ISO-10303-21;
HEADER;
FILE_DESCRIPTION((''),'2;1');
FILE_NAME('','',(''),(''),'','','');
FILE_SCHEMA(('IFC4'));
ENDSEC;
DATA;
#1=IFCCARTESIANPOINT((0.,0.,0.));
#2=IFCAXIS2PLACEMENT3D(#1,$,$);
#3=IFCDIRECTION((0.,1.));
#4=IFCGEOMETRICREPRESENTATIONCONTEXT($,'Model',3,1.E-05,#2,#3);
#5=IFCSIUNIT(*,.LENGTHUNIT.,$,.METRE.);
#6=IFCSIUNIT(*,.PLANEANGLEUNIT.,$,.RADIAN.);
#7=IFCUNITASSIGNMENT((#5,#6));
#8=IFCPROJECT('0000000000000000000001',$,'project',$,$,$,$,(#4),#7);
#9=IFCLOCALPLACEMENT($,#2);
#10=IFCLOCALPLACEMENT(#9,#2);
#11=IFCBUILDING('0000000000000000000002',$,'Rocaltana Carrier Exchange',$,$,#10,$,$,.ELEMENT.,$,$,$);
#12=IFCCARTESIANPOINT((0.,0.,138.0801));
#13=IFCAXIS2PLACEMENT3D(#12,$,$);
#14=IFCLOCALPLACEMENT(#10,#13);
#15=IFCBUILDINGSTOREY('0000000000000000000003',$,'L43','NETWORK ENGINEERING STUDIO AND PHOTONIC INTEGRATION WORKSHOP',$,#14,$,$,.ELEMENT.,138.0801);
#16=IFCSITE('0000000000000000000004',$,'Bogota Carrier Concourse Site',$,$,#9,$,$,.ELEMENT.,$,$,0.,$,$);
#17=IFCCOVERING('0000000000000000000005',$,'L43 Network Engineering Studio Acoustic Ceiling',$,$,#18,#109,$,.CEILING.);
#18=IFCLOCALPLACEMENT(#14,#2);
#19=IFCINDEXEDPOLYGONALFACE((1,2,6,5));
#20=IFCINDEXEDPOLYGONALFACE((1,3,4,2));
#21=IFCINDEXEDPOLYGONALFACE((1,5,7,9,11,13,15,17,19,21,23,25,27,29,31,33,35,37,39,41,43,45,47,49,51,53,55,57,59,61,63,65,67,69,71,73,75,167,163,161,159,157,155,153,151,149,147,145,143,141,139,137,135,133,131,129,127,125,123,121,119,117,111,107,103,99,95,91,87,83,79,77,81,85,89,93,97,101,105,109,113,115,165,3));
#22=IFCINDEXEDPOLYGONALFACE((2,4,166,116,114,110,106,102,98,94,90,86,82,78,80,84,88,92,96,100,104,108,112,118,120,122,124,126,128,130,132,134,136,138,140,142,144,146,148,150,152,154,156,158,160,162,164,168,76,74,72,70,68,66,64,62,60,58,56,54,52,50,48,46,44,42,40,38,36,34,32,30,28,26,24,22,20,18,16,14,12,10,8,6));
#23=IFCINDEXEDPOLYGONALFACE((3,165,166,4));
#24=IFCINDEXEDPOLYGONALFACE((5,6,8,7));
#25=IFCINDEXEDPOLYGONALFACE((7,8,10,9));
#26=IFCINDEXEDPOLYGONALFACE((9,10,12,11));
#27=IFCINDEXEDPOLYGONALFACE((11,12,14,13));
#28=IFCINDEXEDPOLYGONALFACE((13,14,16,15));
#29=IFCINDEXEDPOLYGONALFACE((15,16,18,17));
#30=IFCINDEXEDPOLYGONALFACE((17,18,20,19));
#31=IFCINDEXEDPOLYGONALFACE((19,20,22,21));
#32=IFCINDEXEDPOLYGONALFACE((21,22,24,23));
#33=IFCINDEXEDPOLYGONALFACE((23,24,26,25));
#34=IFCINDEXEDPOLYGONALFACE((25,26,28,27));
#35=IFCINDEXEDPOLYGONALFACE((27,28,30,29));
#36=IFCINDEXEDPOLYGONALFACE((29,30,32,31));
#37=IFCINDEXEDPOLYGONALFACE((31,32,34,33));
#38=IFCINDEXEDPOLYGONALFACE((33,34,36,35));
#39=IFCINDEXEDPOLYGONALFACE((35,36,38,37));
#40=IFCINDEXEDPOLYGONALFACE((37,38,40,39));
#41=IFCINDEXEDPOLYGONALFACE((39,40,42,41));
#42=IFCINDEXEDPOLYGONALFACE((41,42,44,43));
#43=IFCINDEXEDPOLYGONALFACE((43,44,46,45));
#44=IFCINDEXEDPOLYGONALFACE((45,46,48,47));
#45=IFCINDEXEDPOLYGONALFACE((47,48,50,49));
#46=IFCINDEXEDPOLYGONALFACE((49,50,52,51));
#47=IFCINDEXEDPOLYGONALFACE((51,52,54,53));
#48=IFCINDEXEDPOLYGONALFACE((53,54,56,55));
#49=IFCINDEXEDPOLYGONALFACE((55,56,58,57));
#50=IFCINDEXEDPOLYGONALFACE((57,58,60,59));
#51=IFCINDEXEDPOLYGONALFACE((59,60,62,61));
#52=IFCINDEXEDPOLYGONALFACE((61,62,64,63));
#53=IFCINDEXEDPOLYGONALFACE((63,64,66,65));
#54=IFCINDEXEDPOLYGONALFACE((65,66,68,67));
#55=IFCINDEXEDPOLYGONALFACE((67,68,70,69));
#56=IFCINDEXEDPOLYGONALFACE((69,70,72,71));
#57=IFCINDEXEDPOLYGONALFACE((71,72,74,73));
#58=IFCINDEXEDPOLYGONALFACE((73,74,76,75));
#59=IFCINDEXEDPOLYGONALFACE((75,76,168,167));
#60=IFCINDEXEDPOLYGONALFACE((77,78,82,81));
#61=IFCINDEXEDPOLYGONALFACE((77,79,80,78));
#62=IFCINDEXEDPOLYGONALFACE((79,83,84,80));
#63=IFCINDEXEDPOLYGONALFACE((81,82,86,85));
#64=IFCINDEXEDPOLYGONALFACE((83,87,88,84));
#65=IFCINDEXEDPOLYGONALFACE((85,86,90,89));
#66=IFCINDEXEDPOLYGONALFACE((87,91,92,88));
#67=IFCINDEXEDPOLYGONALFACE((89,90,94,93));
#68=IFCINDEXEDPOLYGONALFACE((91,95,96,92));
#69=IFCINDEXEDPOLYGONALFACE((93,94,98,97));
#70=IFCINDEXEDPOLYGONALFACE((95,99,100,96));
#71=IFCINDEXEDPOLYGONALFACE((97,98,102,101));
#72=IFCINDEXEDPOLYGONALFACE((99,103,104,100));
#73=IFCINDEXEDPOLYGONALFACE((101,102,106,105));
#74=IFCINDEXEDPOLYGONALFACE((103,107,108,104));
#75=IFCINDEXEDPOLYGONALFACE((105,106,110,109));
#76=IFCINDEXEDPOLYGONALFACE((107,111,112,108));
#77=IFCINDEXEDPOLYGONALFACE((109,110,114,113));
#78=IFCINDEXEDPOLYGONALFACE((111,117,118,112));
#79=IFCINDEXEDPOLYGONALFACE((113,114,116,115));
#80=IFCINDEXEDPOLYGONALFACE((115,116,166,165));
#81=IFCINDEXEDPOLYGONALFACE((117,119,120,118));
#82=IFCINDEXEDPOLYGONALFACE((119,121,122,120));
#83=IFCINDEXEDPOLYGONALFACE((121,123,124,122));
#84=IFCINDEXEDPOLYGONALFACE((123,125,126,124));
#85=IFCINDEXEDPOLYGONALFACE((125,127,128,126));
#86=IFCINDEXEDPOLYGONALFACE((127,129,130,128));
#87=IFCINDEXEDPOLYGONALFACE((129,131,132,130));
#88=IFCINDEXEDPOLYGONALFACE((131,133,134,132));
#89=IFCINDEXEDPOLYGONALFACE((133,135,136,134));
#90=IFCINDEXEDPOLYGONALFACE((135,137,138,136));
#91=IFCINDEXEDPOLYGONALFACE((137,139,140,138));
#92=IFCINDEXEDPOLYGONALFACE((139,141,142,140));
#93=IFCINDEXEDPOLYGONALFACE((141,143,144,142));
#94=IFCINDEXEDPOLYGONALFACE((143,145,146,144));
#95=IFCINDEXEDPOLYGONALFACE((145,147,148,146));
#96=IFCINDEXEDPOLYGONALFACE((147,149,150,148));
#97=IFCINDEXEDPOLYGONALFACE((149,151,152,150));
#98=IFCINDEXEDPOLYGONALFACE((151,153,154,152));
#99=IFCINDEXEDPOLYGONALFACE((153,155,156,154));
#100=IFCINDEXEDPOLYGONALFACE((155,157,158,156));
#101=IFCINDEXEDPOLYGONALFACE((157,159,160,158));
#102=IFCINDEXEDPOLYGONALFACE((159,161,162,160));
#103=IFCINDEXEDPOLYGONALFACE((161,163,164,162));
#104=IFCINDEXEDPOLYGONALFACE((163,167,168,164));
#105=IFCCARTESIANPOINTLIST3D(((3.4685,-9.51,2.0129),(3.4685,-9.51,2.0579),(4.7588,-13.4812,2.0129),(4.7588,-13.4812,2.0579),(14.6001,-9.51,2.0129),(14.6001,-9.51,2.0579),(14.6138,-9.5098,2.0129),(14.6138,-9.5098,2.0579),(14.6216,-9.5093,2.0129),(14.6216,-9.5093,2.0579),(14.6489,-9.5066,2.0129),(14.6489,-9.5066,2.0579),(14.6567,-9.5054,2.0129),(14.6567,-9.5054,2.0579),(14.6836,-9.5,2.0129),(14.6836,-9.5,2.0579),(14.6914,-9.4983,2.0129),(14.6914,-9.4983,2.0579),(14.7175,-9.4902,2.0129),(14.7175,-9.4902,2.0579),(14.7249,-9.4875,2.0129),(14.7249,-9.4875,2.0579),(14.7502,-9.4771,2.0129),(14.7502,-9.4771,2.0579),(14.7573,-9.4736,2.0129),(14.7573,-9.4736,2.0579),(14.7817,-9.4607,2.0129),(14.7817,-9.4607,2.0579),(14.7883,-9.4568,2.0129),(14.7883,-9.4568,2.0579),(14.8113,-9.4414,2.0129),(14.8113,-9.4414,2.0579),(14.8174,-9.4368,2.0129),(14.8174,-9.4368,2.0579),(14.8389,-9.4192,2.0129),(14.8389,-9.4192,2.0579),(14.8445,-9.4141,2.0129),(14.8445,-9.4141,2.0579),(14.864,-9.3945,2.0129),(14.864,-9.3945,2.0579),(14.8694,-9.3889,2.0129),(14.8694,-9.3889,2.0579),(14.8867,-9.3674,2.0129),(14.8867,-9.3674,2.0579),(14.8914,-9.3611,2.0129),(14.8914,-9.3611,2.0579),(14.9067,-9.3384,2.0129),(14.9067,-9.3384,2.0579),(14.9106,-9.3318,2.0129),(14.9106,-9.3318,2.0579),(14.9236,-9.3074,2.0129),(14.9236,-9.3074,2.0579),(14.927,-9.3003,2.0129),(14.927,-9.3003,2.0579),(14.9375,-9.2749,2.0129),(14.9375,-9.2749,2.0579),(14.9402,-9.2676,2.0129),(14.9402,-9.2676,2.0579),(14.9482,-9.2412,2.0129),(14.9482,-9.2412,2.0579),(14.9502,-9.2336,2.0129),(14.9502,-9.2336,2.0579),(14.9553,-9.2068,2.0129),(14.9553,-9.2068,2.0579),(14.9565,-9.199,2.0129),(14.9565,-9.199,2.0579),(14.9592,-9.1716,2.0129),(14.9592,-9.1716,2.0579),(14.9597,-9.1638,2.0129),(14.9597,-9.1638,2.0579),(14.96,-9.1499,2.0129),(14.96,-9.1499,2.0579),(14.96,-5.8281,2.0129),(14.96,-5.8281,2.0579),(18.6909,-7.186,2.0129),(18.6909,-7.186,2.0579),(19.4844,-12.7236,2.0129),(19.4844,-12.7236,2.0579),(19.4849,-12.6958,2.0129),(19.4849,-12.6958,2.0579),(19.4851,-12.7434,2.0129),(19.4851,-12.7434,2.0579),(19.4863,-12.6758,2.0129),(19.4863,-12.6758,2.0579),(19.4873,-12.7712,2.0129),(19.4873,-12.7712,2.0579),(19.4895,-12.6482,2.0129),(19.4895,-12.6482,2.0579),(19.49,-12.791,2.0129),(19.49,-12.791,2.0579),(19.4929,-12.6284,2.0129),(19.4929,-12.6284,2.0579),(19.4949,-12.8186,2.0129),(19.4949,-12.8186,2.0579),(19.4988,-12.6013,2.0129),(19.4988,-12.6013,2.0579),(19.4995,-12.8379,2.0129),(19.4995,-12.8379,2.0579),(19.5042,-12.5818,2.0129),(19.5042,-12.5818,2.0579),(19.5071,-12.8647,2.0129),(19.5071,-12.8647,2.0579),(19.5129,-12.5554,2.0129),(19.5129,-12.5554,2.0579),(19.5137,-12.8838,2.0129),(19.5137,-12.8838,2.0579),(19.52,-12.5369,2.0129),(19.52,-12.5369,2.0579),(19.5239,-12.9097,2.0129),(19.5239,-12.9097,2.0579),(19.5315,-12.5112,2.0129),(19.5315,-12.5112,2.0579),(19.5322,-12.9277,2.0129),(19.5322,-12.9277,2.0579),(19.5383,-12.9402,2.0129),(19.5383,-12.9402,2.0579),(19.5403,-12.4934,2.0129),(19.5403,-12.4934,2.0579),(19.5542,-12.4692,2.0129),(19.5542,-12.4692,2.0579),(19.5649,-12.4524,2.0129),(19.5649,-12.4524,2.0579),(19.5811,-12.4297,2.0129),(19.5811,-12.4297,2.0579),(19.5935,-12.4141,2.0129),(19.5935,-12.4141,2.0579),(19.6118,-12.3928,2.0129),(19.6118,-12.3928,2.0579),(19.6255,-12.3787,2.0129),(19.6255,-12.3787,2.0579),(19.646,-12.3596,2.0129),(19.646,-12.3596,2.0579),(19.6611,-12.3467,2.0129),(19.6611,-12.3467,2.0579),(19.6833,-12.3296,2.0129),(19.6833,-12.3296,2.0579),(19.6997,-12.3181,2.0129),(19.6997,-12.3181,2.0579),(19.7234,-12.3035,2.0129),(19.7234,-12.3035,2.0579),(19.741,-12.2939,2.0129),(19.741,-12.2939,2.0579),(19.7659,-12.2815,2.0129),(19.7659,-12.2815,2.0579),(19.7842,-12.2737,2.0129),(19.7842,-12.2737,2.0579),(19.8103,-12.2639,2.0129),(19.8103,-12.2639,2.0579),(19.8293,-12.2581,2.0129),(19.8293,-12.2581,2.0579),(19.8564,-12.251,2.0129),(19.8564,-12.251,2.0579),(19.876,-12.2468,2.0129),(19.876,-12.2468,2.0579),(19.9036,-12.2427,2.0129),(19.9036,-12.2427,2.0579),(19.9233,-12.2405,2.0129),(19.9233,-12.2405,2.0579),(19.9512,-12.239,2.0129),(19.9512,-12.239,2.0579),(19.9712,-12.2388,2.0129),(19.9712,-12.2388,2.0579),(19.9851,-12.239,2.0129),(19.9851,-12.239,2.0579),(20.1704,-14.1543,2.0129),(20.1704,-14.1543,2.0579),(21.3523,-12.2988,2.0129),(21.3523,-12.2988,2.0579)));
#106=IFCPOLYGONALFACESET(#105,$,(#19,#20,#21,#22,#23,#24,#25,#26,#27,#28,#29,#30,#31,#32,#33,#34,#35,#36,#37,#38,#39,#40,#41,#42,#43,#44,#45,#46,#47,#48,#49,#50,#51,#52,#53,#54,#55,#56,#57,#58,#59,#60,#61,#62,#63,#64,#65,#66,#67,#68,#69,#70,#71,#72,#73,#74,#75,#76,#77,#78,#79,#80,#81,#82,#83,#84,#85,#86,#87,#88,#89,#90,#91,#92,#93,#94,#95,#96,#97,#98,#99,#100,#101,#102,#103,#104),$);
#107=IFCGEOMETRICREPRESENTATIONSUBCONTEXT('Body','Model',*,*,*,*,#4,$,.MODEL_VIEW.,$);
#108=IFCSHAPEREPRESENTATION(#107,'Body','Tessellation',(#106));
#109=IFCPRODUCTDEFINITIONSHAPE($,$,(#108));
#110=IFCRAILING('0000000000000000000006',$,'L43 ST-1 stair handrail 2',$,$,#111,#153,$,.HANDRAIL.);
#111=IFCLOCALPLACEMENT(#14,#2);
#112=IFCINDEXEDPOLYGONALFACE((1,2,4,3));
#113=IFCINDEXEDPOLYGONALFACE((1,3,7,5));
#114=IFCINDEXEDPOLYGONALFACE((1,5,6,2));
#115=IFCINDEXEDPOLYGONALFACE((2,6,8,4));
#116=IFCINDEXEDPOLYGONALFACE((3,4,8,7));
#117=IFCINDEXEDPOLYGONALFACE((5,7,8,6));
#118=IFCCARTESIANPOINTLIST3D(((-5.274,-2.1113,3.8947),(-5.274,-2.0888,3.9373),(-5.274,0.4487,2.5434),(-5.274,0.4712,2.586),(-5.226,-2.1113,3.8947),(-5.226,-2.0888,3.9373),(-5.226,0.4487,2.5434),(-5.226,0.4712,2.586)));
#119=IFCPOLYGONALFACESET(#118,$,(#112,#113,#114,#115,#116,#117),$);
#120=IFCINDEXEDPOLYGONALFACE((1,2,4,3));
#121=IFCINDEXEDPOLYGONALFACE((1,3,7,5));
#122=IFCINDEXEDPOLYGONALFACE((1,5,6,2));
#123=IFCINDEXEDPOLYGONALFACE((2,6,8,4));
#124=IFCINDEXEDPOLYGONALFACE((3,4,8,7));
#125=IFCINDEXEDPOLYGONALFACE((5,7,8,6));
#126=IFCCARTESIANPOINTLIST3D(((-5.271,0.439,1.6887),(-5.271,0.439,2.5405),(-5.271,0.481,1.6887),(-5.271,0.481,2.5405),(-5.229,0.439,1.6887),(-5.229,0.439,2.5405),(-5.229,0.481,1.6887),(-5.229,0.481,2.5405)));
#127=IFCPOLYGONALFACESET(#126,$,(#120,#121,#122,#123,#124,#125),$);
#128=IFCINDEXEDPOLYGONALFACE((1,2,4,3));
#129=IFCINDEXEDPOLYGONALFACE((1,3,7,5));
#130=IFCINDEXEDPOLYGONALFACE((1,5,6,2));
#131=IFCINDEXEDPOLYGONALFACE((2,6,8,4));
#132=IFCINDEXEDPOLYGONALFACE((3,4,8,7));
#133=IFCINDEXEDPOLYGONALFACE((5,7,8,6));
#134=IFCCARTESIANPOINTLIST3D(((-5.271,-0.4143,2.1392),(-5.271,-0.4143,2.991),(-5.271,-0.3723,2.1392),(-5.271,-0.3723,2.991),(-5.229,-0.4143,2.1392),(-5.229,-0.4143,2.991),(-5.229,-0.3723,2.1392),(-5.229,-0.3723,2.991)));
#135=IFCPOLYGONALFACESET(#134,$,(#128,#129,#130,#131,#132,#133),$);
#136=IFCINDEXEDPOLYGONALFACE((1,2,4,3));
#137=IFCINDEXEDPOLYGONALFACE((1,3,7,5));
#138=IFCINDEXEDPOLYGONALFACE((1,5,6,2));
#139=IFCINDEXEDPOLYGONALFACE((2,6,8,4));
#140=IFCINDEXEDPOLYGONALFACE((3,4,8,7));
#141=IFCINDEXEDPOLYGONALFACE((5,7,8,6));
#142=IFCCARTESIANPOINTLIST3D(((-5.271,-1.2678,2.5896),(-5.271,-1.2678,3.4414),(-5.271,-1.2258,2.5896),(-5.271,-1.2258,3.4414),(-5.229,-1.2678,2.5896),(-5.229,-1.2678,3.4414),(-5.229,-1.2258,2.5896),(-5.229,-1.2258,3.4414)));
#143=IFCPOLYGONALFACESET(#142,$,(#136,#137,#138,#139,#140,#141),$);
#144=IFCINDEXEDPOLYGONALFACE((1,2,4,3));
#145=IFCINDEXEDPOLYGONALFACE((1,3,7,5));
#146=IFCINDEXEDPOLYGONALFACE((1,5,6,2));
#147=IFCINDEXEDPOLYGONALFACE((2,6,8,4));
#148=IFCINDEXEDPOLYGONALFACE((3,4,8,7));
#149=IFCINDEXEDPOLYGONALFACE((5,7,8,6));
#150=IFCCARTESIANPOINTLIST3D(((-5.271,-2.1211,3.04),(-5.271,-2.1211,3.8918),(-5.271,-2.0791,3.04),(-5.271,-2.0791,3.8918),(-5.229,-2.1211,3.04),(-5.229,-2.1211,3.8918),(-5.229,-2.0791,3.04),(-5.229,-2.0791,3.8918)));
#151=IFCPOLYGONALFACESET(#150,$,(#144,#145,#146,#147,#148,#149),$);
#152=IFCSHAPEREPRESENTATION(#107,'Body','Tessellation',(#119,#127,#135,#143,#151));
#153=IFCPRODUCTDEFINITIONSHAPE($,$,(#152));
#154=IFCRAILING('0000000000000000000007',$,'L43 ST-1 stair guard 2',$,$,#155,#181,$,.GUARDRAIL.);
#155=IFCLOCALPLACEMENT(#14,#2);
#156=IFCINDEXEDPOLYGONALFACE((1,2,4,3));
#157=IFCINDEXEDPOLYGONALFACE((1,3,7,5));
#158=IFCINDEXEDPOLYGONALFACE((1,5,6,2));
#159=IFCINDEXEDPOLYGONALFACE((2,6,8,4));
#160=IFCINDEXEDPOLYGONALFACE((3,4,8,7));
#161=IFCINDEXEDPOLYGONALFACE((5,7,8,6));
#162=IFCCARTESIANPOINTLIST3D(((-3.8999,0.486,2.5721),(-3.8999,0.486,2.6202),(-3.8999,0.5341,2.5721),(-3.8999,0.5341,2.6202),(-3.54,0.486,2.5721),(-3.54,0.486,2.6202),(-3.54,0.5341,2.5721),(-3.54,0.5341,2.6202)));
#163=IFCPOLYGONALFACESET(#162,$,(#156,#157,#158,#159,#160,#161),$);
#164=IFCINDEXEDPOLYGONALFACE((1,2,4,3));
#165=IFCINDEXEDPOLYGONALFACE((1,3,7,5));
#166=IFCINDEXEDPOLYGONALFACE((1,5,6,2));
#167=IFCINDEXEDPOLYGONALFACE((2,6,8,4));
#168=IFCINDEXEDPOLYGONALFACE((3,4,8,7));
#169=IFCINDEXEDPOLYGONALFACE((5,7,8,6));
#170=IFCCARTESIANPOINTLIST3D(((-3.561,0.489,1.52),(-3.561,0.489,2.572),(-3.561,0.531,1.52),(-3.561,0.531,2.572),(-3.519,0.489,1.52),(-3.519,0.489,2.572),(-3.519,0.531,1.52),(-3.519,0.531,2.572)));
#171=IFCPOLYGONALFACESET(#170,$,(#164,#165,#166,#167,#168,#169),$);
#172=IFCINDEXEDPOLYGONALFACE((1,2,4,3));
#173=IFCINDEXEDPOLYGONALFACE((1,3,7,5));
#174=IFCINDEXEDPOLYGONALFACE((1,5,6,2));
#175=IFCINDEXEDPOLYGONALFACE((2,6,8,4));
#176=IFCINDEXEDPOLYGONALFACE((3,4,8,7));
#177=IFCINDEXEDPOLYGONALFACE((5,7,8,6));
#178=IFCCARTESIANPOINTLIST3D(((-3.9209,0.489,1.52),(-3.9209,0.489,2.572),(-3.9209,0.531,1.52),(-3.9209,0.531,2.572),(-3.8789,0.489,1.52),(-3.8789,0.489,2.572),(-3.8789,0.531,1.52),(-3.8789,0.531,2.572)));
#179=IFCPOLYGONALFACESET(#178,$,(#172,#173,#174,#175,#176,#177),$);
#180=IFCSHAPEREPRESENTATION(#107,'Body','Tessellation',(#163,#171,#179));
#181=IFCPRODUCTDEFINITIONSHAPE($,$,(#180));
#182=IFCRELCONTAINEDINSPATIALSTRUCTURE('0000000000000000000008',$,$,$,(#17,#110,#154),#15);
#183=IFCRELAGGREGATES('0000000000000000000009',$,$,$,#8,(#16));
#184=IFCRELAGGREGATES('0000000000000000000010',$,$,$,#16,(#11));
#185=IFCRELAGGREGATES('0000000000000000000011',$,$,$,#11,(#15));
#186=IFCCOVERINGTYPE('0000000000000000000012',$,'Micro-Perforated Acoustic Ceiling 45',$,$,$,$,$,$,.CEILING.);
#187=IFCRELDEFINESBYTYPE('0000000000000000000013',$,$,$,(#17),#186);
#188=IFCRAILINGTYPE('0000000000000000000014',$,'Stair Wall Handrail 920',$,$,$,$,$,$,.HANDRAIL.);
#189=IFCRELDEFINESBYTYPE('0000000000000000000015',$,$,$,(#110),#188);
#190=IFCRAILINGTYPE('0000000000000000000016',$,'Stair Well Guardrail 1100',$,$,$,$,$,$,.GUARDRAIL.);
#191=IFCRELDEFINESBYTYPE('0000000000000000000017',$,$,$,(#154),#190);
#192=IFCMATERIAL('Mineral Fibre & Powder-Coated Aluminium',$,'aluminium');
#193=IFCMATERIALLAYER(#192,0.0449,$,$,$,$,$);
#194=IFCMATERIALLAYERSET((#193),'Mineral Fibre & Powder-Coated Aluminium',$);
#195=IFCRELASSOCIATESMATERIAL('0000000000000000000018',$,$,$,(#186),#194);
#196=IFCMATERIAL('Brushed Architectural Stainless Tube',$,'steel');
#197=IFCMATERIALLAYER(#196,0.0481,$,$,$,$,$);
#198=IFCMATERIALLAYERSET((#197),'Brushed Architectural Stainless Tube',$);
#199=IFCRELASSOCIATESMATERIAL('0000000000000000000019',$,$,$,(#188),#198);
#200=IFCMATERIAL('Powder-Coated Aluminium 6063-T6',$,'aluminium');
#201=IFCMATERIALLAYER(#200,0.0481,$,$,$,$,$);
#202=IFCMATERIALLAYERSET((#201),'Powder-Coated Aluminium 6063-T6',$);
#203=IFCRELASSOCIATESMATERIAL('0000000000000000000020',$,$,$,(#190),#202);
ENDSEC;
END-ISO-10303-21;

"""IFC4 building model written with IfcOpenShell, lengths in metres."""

from ifc_helpers import new_model, si_unit, direction, frame, origin, origin_2d, place, context, subcontext, project, spatial, polyline, rectangle, outline, extrude, material, layer, layer_set, type_object, element, save


model = new_model("IFC4")

# Units and contexts
model_context = context("Model", 3, precision=1e-05, world=origin(), true_north=direction((0.0, 1.0)))
body_context = subcontext(model_context, "Body", "Model", "MODEL_VIEW")
ifc_project = project(units=[si_unit("LENGTHUNIT", "METRE"), si_unit("PLANEANGLEUNIT", "RADIAN")], contexts=[model_context])

# Site, building, storey
site_placement = place(None, origin())
site = spatial("IfcSite", under=ifc_project, at=site_placement, Name="Bogota Carrier Concourse Site", CompositionType="ELEMENT", RefElevation=0.0)
building_placement = place(site_placement, origin())
building = spatial("IfcBuilding", under=site, at=building_placement, Name="Rocaltana Carrier Exchange", CompositionType="ELEMENT")
storey_placement = place(building_placement, frame((0.0, 0.0, 138.0801)))
storey = spatial("IfcBuildingStorey", under=building, at=storey_placement, Name="L43", Description="NETWORK ENGINEERING STUDIO AND PHOTONIC INTEGRATION WORKSHOP", CompositionType="ELEMENT", Elevation=138.0801)

# Covering
ifc_material_1 = material(Name="Mineral Fibre & Powder-Coated Aluminium", Category="aluminium")
ifc_layer_1 = layer(ifc_material_1, 0.0449)
ifc_layer_set_1 = layer_set([ifc_layer_1], Name="Mineral Fibre & Powder-Coated Aluminium")
covering_type_1 = type_object("IfcCoveringType", Name="Micro-Perforated Acoustic Ceiling 45", PredefinedType="CEILING", material=ifc_layer_set_1)
covering_1_placement = place(storey_placement, frame((0.0, 0.0, 2.0129)))
element("IfcCovering", 1, at=covering_1_placement, inside=storey, type_object=covering_type_1, Name="L43 Network Engineering Studio Acoustic Ceiling", PredefinedType="CEILING", context=body_context, shape_type="SweptSolid", body=[
    extrude(outline(polyline([(21.3523, -12.2988), (19.9851, -12.239), (19.9712, -12.2388), (19.9512, -12.239), (19.9233, -12.2405), (19.9036, -12.2427), (19.876, -12.2468), (19.8564, -12.251), (19.8293, -12.2581), (19.8103, -12.2639), (19.7842, -12.2737), (19.7659, -12.2815), (19.741, -12.2939), (19.7234, -12.3035), (19.6997, -12.3181), (19.6833, -12.3296), (19.6611, -12.3467), (19.646, -12.3596), (19.6255, -12.3787), (19.6118, -12.3928), (19.5935, -12.4141), (19.5811, -12.4297), (19.5649, -12.4524), (19.5542, -12.4692), (19.5403, -12.4934), (19.5315, -12.5112), (19.52, -12.5369), (19.5129, -12.5554), (19.5042, -12.5818), (19.4988, -12.6013), (19.4929, -12.6284), (19.4895, -12.6482), (19.4863, -12.6758), (19.4849, -12.6958), (19.4844, -12.7236), (19.4851, -12.7434), (19.4873, -12.7712), (19.49, -12.791), (19.4949, -12.8186), (19.4995, -12.8379), (19.5071, -12.8647), (19.5137, -12.8838), (19.5239, -12.9097), (19.5322, -12.9277), (19.5383, -12.9402), (20.1704, -14.1543), (4.7588, -13.4812), (3.4685, -9.51), (14.6001, -9.51), (14.6138, -9.5098), (14.6216, -9.5093), (14.6489, -9.5066), (14.6567, -9.5054), (14.6836, -9.5), (14.6914, -9.4983), (14.7175, -9.4902), (14.7249, -9.4875), (14.7502, -9.4771), (14.7573, -9.4736), (14.7817, -9.4607), (14.7883, -9.4568), (14.8113, -9.4414), (14.8174, -9.4368), (14.8389, -9.4192), (14.8445, -9.4141), (14.864, -9.3945), (14.8694, -9.3889), (14.8867, -9.3674), (14.8914, -9.3611), (14.9067, -9.3384), (14.9106, -9.3318), (14.9236, -9.3074), (14.927, -9.3003), (14.9375, -9.2749), (14.9402, -9.2676), (14.9482, -9.2412), (14.9502, -9.2336), (14.9553, -9.2068), (14.9565, -9.199), (14.9592, -9.1716), (14.9597, -9.1638), (14.96, -9.1499), (14.96, -5.8281), (18.6909, -7.186), (21.3523, -12.2988)])), origin(), (0.0, 0.0, 1.0), 0.0449),
])

# Railings
ifc_material_2 = material(Name="Brushed Architectural Stainless Tube", Category="steel")
ifc_layer_2 = layer(ifc_material_2, 0.0481)
ifc_layer_set_2 = layer_set([ifc_layer_2], Name="Brushed Architectural Stainless Tube")
railing_type_1 = type_object("IfcRailingType", Name="Stair Wall Handrail 920", PredefinedType="HANDRAIL", material=ifc_layer_set_2)
railing_1_placement = place(storey_placement, frame((-5.25, 0.46, 1.6887)))
element("IfcRailing", 2, at=railing_1_placement, inside=storey, type_object=railing_type_1, Name="L43 ST-1 stair handrail 2", PredefinedType="HANDRAIL", context=body_context, shape_type="SweptSolid", body=[
    extrude(rectangle(XDim=0.0481, YDim=0.0481, at=origin_2d()), frame((0.0, 0.0, 0.876), z_axis=(0.0, -0.88436, 0.466806), x_axis=(1.0, 0.0, 0.0)), (0.0, 0.0, 1.0), 2.8948),
    extrude(rectangle(XDim=0.042, YDim=0.042, at=origin_2d()), origin(), (0.0, 0.0, 1.0), 0.8518),
    extrude(rectangle(XDim=0.042, YDim=0.042, at=origin_2d()), frame((0.0, -0.8533, 0.4504)), (0.0, 0.0, 1.0), 0.8518),
    extrude(rectangle(XDim=0.042, YDim=0.042, at=origin_2d()), frame((0.0, -1.7068, 0.9009)), (0.0, 0.0, 1.0), 0.8518),
    extrude(rectangle(XDim=0.042, YDim=0.042, at=origin_2d()), frame((0.0, -2.5601, 1.3513)), (0.0, 0.0, 1.0), 0.8518),
])
ifc_material_3 = material(Name="Powder-Coated Aluminium 6063-T6", Category="aluminium")
ifc_layer_3 = layer(ifc_material_3, 0.0481)
ifc_layer_set_3 = layer_set([ifc_layer_3], Name="Powder-Coated Aluminium 6063-T6")
railing_type_2 = type_object("IfcRailingType", Name="Stair Well Guardrail 1100", PredefinedType="GUARDRAIL", material=ifc_layer_set_3)
railing_2_placement = place(storey_placement, frame((-3.54, 0.51, 1.52)))
element("IfcRailing", 3, at=railing_2_placement, inside=storey, type_object=railing_type_2, Name="L43 ST-1 stair guard 2", PredefinedType="GUARDRAIL", context=body_context, shape_type="SweptSolid", body=[
    extrude(rectangle(XDim=0.0481, YDim=0.0481, at=origin_2d()), frame((0.0, 0.0, 1.0762), z_axis=(-1.0, 0.0, 0.0), x_axis=(0.0, -1.0, 0.0)), (0.0, 0.0, 1.0), 0.3599),
    extrude(rectangle(XDim=0.042, YDim=0.042, at=origin_2d()), origin(), (0.0, 0.0, 1.0), 1.052),
    extrude(rectangle(XDim=0.042, YDim=0.042, at=origin_2d()), frame((-0.3599, 0.0, 0.0)), (0.0, 0.0, 1.0), 1.052),
])

save(model, "model.ifc")
